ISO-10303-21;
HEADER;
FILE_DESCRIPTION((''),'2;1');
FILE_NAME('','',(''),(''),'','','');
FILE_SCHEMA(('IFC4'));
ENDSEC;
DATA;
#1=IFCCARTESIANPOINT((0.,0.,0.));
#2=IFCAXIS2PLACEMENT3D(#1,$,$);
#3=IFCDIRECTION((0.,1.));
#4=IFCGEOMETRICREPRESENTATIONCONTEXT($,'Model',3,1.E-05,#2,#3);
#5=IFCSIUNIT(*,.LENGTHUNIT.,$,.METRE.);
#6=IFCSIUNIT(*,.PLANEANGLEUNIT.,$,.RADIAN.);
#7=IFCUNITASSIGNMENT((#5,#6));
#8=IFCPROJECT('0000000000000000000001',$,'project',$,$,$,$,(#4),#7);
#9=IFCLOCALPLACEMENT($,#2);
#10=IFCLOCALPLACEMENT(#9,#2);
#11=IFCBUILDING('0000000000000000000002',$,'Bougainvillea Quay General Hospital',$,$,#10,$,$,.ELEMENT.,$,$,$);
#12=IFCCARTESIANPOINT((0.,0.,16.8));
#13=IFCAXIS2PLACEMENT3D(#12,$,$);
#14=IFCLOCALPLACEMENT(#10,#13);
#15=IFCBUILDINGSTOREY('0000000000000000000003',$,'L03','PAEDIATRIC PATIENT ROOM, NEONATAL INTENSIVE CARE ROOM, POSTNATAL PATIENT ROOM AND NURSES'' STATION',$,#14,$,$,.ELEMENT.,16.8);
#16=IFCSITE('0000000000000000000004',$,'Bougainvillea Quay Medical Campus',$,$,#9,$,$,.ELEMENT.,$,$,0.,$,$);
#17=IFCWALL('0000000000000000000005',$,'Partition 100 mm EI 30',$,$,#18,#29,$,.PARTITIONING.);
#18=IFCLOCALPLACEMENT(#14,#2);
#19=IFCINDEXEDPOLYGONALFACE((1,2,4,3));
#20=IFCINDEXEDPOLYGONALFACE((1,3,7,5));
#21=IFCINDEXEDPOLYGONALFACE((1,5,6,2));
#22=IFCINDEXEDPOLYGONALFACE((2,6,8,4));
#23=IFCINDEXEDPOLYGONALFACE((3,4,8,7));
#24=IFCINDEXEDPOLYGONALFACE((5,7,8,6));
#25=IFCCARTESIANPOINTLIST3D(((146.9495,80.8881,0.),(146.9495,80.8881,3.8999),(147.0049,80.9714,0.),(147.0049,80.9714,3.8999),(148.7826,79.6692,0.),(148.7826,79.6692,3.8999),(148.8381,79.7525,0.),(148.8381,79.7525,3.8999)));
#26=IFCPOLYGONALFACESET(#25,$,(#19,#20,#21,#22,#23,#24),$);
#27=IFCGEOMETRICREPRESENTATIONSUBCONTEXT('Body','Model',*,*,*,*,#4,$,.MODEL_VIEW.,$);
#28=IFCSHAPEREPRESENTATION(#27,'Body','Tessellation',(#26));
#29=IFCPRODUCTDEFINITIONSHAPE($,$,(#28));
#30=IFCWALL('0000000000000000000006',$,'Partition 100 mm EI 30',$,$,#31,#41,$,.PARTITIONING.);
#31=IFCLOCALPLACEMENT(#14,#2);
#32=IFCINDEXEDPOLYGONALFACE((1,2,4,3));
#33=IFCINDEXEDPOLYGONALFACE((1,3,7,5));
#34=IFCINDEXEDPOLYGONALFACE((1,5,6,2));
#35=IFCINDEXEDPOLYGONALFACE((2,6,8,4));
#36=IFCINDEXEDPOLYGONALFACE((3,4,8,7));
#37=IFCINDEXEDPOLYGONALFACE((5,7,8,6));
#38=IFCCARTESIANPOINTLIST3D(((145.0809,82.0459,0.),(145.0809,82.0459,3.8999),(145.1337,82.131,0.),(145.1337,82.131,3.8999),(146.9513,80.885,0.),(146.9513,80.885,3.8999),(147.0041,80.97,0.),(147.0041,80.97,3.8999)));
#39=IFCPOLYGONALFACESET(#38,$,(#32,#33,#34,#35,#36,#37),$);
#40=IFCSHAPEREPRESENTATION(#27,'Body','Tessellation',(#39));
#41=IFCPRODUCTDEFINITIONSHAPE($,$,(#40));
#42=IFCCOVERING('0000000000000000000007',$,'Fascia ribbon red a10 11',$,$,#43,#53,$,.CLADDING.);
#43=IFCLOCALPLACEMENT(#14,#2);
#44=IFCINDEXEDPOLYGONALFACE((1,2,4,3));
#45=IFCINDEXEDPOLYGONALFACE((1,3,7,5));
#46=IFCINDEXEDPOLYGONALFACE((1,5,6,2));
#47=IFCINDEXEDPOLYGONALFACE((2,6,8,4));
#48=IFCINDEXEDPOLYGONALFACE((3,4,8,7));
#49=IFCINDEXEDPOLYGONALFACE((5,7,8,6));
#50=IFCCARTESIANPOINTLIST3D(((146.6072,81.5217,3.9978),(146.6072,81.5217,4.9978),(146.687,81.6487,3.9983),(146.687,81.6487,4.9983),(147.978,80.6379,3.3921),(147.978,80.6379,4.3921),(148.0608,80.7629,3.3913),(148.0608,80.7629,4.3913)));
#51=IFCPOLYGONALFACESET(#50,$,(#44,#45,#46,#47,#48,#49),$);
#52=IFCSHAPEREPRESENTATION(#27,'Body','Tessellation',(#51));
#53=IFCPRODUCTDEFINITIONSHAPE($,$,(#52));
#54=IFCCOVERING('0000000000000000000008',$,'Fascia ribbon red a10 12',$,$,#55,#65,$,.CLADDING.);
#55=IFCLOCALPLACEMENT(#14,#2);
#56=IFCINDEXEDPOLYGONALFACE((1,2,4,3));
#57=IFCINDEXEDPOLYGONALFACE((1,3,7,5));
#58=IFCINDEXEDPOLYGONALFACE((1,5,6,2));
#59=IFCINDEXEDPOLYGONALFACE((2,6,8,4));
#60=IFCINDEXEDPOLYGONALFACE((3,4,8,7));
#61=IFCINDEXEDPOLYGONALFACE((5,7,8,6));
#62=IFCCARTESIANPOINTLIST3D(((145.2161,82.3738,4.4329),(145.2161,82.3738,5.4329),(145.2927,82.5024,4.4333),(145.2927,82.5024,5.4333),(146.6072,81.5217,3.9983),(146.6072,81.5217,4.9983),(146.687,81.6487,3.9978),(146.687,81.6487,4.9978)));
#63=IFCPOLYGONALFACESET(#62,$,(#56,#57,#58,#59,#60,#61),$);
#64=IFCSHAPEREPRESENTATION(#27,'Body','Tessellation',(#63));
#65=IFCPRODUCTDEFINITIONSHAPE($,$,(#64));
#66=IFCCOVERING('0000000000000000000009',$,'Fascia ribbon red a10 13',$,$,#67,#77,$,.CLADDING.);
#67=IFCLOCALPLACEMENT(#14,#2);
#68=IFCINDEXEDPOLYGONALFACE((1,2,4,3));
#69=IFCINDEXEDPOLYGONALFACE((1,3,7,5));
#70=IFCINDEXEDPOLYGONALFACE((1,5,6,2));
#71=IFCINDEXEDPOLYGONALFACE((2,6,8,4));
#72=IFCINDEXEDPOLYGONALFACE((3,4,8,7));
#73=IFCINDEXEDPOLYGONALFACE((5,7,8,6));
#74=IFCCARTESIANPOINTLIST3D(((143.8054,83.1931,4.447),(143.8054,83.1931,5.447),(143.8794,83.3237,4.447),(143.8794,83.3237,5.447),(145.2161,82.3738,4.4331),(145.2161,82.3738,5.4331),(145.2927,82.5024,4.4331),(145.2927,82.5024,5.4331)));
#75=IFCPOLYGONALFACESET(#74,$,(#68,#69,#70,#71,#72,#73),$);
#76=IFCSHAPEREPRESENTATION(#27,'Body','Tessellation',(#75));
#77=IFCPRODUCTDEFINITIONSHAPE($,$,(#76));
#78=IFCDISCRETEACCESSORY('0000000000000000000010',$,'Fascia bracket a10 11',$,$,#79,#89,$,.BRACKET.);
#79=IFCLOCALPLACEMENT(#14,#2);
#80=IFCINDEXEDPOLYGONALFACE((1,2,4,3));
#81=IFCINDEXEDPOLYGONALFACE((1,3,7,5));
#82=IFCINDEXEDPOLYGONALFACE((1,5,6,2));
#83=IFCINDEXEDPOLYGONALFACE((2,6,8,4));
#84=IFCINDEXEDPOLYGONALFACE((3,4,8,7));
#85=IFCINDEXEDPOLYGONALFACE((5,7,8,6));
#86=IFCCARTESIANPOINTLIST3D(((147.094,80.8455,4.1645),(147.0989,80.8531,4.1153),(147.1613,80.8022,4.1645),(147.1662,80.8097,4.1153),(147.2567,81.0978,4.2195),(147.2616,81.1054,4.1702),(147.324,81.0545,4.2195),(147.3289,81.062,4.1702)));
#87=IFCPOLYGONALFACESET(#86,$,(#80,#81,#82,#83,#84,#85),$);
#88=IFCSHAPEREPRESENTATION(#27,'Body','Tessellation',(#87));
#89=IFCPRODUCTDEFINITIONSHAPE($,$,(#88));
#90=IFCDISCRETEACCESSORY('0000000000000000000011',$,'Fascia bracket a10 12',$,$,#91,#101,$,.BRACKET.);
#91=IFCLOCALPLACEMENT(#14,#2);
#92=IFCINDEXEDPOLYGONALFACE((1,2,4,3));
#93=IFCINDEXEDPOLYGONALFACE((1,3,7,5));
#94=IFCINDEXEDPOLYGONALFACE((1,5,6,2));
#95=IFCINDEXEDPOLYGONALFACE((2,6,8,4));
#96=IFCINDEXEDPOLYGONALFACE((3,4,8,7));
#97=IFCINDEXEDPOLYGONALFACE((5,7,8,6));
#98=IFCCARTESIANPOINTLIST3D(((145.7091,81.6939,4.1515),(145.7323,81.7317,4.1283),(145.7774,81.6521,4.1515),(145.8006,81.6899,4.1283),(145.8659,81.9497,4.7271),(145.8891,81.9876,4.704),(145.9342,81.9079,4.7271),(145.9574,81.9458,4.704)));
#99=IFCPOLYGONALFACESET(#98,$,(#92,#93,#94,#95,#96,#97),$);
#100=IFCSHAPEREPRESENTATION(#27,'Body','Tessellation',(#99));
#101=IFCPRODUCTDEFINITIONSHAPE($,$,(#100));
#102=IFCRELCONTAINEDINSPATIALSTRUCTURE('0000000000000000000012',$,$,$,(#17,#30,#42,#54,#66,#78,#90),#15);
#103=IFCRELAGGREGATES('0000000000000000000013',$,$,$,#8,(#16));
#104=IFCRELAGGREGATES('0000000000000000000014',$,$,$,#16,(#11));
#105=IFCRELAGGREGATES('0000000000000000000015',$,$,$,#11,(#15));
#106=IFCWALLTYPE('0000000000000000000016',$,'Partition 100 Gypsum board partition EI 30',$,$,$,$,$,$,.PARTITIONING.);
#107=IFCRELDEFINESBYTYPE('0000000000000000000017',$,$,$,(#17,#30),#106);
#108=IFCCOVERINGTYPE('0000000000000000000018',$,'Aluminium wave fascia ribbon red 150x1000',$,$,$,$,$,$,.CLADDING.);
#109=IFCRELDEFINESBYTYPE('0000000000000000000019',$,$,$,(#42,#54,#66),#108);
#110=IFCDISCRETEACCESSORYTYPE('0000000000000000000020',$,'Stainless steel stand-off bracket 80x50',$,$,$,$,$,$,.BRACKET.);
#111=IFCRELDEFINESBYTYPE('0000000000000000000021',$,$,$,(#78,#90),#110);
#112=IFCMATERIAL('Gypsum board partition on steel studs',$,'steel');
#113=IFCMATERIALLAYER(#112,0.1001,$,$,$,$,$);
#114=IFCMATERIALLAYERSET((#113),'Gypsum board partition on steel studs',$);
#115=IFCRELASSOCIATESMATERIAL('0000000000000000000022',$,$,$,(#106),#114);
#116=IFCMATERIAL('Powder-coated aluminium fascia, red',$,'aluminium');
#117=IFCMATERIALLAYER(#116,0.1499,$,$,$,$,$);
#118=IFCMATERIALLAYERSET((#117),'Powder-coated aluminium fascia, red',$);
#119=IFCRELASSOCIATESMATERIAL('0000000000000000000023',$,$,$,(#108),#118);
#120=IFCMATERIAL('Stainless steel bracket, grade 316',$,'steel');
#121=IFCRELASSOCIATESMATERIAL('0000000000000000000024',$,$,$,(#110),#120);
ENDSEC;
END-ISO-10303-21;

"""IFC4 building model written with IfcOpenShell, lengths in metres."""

from ifc_helpers import new_model, si_unit, direction, frame, frame_2d, origin, origin_2d, place, context, subcontext, project, spatial, polyline, rectangle, outline, extrude, material, layer, layer_set, material_profile, profile_set, type_object, element, save


model = new_model("IFC4")

# Units and contexts
model_context = context("Model", 3, precision=1e-05, world=origin(), true_north=direction((0.0, 1.0)))
body_context = subcontext(model_context, "Body", "Model", "MODEL_VIEW")
ifc_project = project(units=[si_unit("LENGTHUNIT", "METRE"), si_unit("PLANEANGLEUNIT", "RADIAN")], contexts=[model_context])

# Site, building, storey
site_placement = place(None, origin())
site = spatial("IfcSite", under=ifc_project, at=site_placement, Name="Bougainvillea Quay Medical Campus", CompositionType="ELEMENT", RefElevation=0.0)
building_placement = place(site_placement, origin())
building = spatial("IfcBuilding", under=site, at=building_placement, Name="Bougainvillea Quay General Hospital", CompositionType="ELEMENT")
storey_placement = place(building_placement, frame((0.0, 0.0, 16.8)))
storey = spatial("IfcBuildingStorey", under=building, at=storey_placement, Name="L03", Description="PAEDIATRIC PATIENT ROOM, NEONATAL INTENSIVE CARE ROOM, POSTNATAL PATIENT ROOM AND NURSES' STATION", CompositionType="ELEMENT", Elevation=16.8)

# Walls
ifc_material_1 = material(Name="Gypsum board partition on steel studs", Category="steel")
ifc_layer_1 = layer(ifc_material_1, 0.1001)
ifc_layer_set_1 = layer_set([ifc_layer_1], Name="Gypsum board partition on steel studs")
wall_type = type_object("IfcWallType", Name="Partition 100 Gypsum board partition EI 30", PredefinedType="PARTITIONING", material=ifc_layer_set_1)
for number, where, z_axis, x_axis, name in (
    (1, (146.9773, 80.9297, 0.0), (0.0, 0.0, 1.0), (0.832715, -0.553702, 0.0), "Partition 100 mm EI 30"),
    (2, (145.1074, 82.0884, 0.0), (0.0, 0.0, 1.0), (0.849645, -0.527355, 0.0), "Partition 100 mm EI 30"),
):
    element("IfcWall", number, at=place(storey_placement, frame(where, z_axis=z_axis, x_axis=x_axis)), inside=storey, type_object=wall_type, Name=name, PredefinedType="PARTITIONING", context=body_context, shape_type="SweptSolid", body=[
        extrude(rectangle(XDim=2.2014, YDim=0.1001, at=frame_2d((1.1006, 0.0))), origin(), (0.0, 0.0, 1.0), 3.8999),
    ])

# Coverings
ifc_material_2 = material(Name="Powder-coated aluminium fascia, red", Category="aluminium")
ifc_layer_2 = layer(ifc_material_2, 0.1499)
ifc_layer_set_2 = layer_set([ifc_layer_2], Name="Powder-coated aluminium fascia, red")
covering_type = type_object("IfcCoveringType", Name="Aluminium wave fascia ribbon red 150x1000", PredefinedType="CLADDING", material=ifc_layer_set_2)
covering_1_placement = place(storey_placement, frame((147.978, 80.6379, 3.3921), z_axis=(0.292906, -0.188118, 0.937453), x_axis=(-0.787904, 0.507963, 0.348112)))
element("IfcCovering", 3, at=covering_1_placement, inside=storey, type_object=covering_type, Name="Fascia ribbon red a10 11", PredefinedType="CLADDING", context=body_context, shape_type="SweptSolid", body=[
    extrude(outline(polyline([(0.0, 0.0), (1.7399, 0.0), (1.7416, -0.15), (-0.002, -0.1499), (0.0, 0.0)])), origin(), (0.348112, 0.000566, 0.937453), 1.0),
])
covering_2_placement = place(storey_placement, frame((146.6072, 81.5217, 3.9983), z_axis=(0.219543, -0.13441, 0.966299), x_axis=(-0.824018, 0.504707, 0.25742)))
element("IfcCovering", 4, at=covering_2_placement, inside=storey, type_object=covering_type, Name="Fascia ribbon red a10 12", PredefinedType="CLADDING", context=body_context, shape_type="SweptSolid", body=[
    extrude(outline(polyline([(0.0, 0.0), (1.6882, 0.0), (1.6901, -0.1498), (-0.0018, -0.15), (0.0, 0.0)])), origin(), (0.25742, 0.000049, 0.966299), 1.0),
])
covering_3_placement = place(storey_placement, frame((145.2161, 82.3738, 4.4331), z_axis=(0.007368, -0.004281, 0.999964), x_axis=(-0.86469, 0.502233, 0.008522)))
element("IfcCovering", 5, at=covering_3_placement, inside=storey, type_object=covering_type, Name="Fascia ribbon red a10 13", PredefinedType="CLADDING", context=body_context, shape_type="SweptSolid", body=[
    extrude(outline(polyline([(0.0, 0.0), (1.6314, 0.0), (1.633, -0.1501), (-0.0017, -0.1498), (0.0, 0.0)])), origin(), (0.008522, -0.000001, 0.999964), 1.0),
])

# Discrete accessories
ifc_material_3 = material(Name="Stainless steel bracket, grade 316", Category="steel")
ifc_material_profile_1 = material_profile(ifc_material_3, rectangle(XDim=0.0801, YDim=0.05, at=origin_2d()))
ifc_profile_set_1 = profile_set([ifc_material_profile_1], Name="Stainless steel bracket, grade 316")
discrete_accessory_type = type_object("IfcDiscreteAccessoryType", Name="Stainless steel stand-off bracket 80x50", PredefinedType="BRACKET", material=ifc_profile_set_1)
discrete_accessory_1_placement = place(storey_placement, frame((147.1301, 80.8276, 4.1399), z_axis=(0.53301, 0.826725, 0.180071), x_axis=(-0.840464, 0.541867, 0.0)))
element("IfcDiscreteAccessory", 6, at=discrete_accessory_1_placement, inside=storey, type_object=discrete_accessory_type, Name="Fascia bracket a10 11", PredefinedType="BRACKET", context=body_context, shape_type="SweptSolid", body=[
    extrude(rectangle(XDim=0.0801, YDim=0.05, at=origin_2d()), origin(), (0.0, 0.0, 1.0), 0.3052),
])
discrete_accessory_2_placement = place(storey_placement, frame((145.7549, 81.6919, 4.1399), z_axis=(0.241438, 0.394123, 0.886778), x_axis=(-0.852718, 0.522371, 0.0)))
element("IfcDiscreteAccessory", 7, at=discrete_accessory_2_placement, inside=storey, type_object=discrete_accessory_type, Name="Fascia bracket a10 12", PredefinedType="BRACKET", context=body_context, shape_type="SweptSolid", body=[
    extrude(rectangle(XDim=0.0801, YDim=0.05, at=origin_2d()), origin(), (0.0, 0.0, 1.0), 0.6492),
])

save(model, "model.ifc")
